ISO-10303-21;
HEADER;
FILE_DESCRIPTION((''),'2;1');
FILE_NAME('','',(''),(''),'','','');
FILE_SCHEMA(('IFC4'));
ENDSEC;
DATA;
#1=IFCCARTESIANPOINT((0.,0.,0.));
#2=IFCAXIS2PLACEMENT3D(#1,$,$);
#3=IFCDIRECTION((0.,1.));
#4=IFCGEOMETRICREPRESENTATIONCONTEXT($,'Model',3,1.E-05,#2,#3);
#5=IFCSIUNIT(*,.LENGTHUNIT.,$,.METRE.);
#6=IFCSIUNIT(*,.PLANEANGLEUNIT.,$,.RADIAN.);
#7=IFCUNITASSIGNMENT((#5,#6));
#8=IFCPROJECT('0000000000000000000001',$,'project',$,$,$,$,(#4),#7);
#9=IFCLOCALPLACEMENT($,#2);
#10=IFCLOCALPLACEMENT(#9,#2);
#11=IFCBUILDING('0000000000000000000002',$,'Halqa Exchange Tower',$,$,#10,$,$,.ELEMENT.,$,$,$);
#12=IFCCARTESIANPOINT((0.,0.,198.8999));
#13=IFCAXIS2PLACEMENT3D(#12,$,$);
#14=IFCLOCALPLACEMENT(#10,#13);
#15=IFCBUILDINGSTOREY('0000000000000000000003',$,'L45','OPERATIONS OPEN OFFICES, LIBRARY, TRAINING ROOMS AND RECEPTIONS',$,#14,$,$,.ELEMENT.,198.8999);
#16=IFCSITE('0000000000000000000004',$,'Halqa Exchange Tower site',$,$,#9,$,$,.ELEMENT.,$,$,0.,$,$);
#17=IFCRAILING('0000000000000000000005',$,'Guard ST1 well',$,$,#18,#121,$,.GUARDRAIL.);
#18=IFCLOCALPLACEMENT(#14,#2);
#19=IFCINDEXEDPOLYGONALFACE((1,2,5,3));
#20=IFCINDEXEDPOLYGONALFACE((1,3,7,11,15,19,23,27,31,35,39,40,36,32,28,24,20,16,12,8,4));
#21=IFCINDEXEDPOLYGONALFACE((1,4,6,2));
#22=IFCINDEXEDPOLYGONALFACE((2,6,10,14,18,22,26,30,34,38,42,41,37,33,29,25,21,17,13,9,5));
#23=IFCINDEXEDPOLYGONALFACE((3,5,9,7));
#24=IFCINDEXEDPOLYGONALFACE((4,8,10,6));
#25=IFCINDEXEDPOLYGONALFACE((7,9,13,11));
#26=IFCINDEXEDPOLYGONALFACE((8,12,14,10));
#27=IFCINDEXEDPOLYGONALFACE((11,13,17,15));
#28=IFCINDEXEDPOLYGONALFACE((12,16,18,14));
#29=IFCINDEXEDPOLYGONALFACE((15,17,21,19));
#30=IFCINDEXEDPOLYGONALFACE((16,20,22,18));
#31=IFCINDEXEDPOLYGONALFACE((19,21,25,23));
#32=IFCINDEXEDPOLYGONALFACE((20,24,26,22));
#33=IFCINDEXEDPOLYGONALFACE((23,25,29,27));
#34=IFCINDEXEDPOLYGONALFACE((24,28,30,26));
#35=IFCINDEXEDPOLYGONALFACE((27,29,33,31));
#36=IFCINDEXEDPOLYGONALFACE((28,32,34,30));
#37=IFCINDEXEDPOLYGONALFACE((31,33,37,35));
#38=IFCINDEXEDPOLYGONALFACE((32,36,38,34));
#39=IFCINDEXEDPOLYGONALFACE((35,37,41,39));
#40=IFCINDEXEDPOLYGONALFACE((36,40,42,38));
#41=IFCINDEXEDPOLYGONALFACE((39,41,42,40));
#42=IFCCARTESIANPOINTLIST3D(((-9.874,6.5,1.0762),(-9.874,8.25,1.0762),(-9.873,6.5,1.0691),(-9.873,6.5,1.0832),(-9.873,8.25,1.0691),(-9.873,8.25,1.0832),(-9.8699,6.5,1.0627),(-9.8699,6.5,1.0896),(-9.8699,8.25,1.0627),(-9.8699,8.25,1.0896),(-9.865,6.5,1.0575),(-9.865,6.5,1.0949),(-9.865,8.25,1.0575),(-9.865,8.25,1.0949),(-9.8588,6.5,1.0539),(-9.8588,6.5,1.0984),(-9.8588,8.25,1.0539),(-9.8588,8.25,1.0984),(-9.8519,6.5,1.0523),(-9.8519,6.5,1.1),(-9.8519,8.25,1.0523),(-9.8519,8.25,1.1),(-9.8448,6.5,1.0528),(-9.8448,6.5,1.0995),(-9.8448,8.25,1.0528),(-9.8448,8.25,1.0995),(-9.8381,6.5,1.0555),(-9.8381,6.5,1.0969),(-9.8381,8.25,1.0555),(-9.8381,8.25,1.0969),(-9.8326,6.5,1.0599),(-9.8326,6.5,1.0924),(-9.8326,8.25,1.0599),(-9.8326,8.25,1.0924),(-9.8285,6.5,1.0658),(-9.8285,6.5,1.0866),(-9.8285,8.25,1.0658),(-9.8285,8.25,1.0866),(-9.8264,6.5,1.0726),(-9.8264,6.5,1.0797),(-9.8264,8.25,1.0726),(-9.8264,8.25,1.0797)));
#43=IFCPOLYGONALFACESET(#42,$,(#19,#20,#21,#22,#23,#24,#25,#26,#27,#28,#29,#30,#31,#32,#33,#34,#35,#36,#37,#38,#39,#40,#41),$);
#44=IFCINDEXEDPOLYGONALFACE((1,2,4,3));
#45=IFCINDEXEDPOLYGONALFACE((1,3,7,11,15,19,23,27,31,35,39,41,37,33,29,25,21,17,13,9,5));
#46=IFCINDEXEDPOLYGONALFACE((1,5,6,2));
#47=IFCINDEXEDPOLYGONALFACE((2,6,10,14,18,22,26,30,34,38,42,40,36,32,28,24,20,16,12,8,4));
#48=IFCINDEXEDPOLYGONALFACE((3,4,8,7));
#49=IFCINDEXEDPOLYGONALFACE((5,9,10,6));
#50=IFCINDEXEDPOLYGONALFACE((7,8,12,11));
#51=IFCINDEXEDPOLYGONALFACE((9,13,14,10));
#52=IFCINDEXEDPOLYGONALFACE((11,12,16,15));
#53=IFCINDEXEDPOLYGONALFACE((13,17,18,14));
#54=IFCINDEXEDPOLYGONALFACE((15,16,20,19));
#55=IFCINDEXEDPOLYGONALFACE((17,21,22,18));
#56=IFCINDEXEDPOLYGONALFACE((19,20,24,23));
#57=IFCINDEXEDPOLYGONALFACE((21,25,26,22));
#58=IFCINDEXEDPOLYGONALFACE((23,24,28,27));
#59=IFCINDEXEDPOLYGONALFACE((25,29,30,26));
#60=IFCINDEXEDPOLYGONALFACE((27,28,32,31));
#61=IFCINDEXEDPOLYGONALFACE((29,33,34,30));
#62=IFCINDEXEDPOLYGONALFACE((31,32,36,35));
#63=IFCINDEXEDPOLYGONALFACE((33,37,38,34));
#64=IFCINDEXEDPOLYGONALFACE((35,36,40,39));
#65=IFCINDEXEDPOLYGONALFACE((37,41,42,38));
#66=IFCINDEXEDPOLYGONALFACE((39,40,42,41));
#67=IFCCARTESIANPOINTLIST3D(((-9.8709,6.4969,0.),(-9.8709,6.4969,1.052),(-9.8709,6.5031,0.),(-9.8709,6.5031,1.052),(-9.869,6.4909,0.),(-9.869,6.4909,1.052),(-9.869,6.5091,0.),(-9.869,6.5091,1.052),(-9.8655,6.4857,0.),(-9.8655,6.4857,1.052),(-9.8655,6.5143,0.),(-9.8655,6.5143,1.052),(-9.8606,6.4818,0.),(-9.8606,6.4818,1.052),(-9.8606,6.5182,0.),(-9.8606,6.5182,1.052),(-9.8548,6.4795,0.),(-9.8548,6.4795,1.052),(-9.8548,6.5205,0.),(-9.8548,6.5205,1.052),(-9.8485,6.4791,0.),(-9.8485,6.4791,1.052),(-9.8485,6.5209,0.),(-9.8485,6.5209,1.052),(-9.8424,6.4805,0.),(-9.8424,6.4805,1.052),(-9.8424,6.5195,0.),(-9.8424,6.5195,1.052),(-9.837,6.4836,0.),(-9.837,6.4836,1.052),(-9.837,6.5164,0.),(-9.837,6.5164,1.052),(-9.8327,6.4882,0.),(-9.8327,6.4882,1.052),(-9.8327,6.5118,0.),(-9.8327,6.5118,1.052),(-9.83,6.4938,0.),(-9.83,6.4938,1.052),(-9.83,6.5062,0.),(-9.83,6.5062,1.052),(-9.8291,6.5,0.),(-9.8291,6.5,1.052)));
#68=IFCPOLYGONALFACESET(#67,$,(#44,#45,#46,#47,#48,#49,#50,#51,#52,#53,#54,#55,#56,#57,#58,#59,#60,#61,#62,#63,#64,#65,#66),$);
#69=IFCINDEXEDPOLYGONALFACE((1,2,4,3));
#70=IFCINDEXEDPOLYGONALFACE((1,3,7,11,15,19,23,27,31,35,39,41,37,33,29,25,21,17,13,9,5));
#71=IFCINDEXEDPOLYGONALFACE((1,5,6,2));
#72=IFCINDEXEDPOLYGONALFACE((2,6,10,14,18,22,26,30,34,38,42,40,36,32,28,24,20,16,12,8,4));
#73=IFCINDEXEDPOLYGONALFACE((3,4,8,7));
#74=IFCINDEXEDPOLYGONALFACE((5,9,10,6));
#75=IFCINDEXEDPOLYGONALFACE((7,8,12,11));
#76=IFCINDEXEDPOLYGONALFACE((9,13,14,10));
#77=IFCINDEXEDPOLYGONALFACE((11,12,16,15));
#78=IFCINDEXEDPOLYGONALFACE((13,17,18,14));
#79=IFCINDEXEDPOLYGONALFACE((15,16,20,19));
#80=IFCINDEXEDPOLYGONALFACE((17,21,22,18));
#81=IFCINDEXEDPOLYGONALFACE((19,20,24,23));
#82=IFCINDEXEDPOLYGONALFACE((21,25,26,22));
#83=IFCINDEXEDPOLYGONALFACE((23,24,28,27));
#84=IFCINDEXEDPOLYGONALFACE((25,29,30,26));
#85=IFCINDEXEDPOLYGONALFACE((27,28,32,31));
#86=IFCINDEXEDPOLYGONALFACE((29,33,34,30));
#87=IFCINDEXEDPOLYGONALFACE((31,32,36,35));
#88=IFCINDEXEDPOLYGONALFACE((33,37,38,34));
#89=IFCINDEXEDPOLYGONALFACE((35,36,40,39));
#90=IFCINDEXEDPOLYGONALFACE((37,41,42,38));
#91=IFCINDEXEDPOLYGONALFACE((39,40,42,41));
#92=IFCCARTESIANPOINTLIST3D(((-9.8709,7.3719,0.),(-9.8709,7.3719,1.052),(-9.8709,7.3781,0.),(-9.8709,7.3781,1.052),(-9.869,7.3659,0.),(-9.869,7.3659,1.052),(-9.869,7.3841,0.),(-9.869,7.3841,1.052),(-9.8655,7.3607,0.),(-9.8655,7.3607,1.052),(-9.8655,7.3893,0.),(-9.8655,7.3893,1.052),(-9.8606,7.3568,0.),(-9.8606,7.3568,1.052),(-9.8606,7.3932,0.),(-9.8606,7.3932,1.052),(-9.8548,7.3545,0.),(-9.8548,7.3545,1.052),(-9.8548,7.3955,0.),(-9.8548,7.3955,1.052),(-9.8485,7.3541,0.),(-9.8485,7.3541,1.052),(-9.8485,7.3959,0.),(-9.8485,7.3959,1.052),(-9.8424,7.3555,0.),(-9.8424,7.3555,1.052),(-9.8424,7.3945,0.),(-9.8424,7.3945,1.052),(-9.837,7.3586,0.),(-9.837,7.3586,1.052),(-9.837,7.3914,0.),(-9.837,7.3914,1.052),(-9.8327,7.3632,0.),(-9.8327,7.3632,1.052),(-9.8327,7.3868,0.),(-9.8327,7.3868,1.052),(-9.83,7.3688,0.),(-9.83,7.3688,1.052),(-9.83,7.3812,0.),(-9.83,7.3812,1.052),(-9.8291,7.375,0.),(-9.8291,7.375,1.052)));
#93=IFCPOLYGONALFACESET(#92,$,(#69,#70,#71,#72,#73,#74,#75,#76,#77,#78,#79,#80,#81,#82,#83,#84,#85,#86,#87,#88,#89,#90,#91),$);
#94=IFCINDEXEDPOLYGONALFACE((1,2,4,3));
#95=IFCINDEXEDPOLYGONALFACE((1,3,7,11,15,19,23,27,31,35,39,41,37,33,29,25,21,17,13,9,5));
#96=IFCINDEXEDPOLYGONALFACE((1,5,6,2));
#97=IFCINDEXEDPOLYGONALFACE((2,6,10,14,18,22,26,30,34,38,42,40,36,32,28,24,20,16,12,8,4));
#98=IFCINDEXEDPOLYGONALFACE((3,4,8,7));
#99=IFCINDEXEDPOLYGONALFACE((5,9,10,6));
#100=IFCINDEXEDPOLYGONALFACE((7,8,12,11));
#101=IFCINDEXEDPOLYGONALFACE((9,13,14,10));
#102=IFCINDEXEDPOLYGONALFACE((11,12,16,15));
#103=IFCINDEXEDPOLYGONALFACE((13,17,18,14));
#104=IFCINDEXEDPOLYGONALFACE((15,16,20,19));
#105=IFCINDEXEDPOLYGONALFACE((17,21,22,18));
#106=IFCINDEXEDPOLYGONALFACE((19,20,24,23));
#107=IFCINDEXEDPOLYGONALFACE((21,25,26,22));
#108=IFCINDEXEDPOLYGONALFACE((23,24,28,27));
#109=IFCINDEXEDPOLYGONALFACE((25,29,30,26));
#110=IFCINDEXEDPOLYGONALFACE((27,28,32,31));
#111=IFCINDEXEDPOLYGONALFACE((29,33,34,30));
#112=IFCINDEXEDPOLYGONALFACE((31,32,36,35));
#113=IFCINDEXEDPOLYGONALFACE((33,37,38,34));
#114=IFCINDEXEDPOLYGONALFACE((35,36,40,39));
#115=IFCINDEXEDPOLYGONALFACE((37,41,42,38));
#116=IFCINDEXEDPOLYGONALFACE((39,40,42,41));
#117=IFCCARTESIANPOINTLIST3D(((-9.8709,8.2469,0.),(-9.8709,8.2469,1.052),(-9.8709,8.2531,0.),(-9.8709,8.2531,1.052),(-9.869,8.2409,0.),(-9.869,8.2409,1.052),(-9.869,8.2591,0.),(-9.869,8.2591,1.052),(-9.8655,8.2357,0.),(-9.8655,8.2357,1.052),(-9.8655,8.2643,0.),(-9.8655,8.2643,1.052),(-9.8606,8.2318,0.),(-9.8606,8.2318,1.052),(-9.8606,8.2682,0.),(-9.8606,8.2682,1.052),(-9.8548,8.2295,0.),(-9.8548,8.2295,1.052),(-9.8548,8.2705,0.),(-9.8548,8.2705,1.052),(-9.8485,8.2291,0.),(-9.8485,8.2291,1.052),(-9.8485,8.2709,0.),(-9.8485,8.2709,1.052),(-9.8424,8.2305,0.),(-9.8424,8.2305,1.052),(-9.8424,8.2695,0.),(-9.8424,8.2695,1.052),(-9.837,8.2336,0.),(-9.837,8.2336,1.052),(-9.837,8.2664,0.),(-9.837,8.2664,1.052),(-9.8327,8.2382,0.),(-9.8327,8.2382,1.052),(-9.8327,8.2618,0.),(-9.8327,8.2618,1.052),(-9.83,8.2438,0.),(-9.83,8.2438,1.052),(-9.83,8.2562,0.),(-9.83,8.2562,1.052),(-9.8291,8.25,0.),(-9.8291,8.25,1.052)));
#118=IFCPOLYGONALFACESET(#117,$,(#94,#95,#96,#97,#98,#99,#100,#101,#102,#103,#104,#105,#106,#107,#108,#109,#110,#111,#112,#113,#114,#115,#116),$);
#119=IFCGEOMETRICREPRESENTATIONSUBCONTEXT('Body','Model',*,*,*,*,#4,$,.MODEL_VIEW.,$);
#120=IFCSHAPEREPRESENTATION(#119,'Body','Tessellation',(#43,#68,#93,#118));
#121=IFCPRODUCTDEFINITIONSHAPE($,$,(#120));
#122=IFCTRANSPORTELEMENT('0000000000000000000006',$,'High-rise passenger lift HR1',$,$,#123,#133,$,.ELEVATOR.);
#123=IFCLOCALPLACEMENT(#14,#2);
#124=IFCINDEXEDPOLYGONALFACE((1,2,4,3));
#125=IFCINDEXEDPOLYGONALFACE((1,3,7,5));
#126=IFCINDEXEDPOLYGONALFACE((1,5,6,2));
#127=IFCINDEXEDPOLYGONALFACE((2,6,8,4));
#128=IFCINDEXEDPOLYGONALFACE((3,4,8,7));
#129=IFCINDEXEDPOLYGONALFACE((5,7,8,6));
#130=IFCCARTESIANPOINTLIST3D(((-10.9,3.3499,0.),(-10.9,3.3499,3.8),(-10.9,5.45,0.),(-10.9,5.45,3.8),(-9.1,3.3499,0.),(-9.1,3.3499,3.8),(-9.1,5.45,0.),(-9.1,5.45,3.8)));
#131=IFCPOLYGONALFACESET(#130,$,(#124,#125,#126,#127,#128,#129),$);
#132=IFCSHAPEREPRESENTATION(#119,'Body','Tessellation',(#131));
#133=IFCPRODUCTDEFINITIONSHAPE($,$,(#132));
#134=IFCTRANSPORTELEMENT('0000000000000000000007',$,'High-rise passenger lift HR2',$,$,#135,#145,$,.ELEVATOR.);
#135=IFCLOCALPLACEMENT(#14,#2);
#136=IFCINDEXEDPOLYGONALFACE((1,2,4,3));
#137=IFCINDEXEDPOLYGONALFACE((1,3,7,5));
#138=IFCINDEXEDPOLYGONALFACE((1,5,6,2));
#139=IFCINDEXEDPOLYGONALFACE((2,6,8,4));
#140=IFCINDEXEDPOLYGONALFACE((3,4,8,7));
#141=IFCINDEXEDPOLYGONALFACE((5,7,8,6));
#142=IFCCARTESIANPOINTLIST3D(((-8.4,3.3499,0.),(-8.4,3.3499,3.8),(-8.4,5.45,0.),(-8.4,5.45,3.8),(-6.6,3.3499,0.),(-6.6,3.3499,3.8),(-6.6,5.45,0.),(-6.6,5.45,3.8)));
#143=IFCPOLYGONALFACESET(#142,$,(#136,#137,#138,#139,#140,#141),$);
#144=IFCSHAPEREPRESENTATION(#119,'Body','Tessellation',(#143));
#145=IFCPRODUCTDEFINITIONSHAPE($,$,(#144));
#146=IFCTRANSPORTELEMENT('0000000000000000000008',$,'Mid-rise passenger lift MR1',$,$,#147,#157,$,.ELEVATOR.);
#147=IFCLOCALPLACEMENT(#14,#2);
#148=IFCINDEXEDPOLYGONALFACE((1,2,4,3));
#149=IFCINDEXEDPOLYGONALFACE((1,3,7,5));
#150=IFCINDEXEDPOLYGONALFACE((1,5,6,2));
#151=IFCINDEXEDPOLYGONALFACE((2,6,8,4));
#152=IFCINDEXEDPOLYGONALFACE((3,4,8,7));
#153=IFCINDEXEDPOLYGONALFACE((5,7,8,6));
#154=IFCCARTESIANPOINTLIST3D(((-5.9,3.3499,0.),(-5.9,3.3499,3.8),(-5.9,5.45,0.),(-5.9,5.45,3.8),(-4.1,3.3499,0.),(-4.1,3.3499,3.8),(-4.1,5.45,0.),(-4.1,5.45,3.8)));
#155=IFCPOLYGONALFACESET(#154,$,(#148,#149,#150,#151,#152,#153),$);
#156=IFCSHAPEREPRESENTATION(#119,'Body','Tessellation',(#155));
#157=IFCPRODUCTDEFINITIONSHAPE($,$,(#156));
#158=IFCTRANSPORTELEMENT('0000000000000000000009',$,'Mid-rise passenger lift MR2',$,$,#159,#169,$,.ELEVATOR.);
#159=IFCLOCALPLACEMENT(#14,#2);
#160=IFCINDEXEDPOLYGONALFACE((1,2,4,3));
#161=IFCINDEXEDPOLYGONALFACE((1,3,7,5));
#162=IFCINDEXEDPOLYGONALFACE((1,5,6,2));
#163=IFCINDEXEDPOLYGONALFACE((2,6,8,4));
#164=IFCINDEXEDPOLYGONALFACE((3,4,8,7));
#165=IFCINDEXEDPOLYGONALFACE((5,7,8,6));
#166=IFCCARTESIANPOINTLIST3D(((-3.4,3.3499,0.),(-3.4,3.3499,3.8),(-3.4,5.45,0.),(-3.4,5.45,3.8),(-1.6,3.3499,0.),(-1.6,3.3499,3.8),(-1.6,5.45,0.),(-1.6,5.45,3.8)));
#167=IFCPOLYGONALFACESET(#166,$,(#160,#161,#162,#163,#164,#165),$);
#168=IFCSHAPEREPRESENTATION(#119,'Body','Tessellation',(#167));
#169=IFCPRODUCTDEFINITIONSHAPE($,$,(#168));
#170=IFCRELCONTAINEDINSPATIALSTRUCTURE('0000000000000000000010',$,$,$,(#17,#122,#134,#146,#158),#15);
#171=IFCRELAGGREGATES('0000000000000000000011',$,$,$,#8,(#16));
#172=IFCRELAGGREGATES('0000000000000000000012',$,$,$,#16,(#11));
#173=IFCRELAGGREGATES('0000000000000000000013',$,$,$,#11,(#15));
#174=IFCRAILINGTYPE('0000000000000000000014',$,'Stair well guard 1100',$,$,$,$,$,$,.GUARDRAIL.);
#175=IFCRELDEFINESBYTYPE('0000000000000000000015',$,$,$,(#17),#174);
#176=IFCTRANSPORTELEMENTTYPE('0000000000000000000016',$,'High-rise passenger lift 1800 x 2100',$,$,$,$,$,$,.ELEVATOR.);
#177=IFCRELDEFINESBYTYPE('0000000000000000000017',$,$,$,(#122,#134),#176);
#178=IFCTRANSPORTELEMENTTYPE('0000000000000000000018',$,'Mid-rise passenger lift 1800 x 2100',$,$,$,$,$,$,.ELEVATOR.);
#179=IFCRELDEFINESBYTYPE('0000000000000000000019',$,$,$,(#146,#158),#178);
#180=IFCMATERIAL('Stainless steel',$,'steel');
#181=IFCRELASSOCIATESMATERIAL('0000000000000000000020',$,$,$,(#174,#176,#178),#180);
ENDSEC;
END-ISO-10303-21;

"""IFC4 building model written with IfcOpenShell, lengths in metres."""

from ifc_helpers import new_model, si_unit, direction, frame, origin, origin_2d, place, context, subcontext, project, spatial, rectangle, circle, extrude, material, type_object, element, save


model = new_model("IFC4")

# Units and contexts
model_context = context("Model", 3, precision=1e-05, world=origin(), true_north=direction((0.0, 1.0)))
body_context = subcontext(model_context, "Body", "Model", "MODEL_VIEW")
ifc_project = project(units=[si_unit("LENGTHUNIT", "METRE"), si_unit("PLANEANGLEUNIT", "RADIAN")], contexts=[model_context])

# Site, building, storey
site_placement = place(None, origin())
site = spatial("IfcSite", under=ifc_project, at=site_placement, Name="Halqa Exchange Tower site", CompositionType="ELEMENT", RefElevation=0.0)
building_placement = place(site_placement, origin())
building = spatial("IfcBuilding", under=site, at=building_placement, Name="Halqa Exchange Tower", CompositionType="ELEMENT")
storey_placement = place(building_placement, frame((0.0, 0.0, 198.8999)))
storey = spatial("IfcBuildingStorey", under=building, at=storey_placement, Name="L45", Description="OPERATIONS OPEN OFFICES, LIBRARY, TRAINING ROOMS AND RECEPTIONS", CompositionType="ELEMENT", Elevation=198.8999)

# Shared definitions
ifc_material_1 = material(Name="Stainless steel", Category="steel")

# Railing
railing_type_1 = type_object("IfcRailingType", Name="Stair well guard 1100", PredefinedType="GUARDRAIL", material=ifc_material_1)
railing_1_placement = place(storey_placement, frame((-9.8501, 6.5, 0.0)))
element("IfcRailing", 1, at=railing_1_placement, inside=storey, type_object=railing_type_1, Name="Guard ST1 well", PredefinedType="GUARDRAIL", context=body_context, shape_type="SweptSolid", body=[
    extrude(circle(Radius=0.0239, at=origin_2d()), frame((0.0, 0.0, 1.0762), z_axis=(0.0, 1.0, 0.0), x_axis=(-1.0, 0.0, 0.0)), (0.0, 0.0, 1.0), 1.75),
    extrude(circle(Radius=0.021, at=origin_2d()), origin(), (0.0, 0.0, 1.0), 1.052),
    extrude(circle(Radius=0.021, at=origin_2d()), frame((0.0, 0.875, 0.0)), (0.0, 0.0, 1.0), 1.052),
    extrude(circle(Radius=0.021, at=origin_2d()), frame((0.0, 1.75, 0.0)), (0.0, 0.0, 1.0), 1.052),
])

# Transport elements
transport_element_type_1 = type_object("IfcTransportElementType", Name="High-rise passenger lift 1800 x 2100", PredefinedType="ELEVATOR", material=ifc_material_1)
for number, where, z_axis, x_axis, name in (
    (2, (-10.0, 4.3999, 0.0), (0.0, 0.0, 1.0), (1.0, 0.0, 0.0), "High-rise passenger lift HR1"),
    (3, (-7.5, 4.3999, 0.0), (0.0, 0.0, 1.0), (1.0, 0.0, 0.0), "High-rise passenger lift HR2"),
):
    element("IfcTransportElement", number, at=place(storey_placement, frame(where, z_axis=z_axis, x_axis=x_axis)), inside=storey, type_object=transport_element_type_1, Name=name, PredefinedType="ELEVATOR", context=body_context, shape_type="SweptSolid", body=[
        extrude(rectangle(XDim=1.8, YDim=2.1001, at=origin_2d()), origin(), (0.0, 0.0, 1.0), 3.8),
    ])
transport_element_type_2 = type_object("IfcTransportElementType", Name="Mid-rise passenger lift 1800 x 2100", PredefinedType="ELEVATOR", material=ifc_material_1)
for number, where, z_axis, x_axis, name in (
    (4, (-5.0, 4.3999, 0.0), (0.0, 0.0, 1.0), (1.0, 0.0, 0.0), "Mid-rise passenger lift MR1"),
    (5, (-2.5, 4.3999, 0.0), (0.0, 0.0, 1.0), (1.0, 0.0, 0.0), "Mid-rise passenger lift MR2"),
):
    element("IfcTransportElement", number, at=place(storey_placement, frame(where, z_axis=z_axis, x_axis=x_axis)), inside=storey, type_object=transport_element_type_2, Name=name, PredefinedType="ELEVATOR", context=body_context, shape_type="SweptSolid", body=[
        extrude(rectangle(XDim=1.8, YDim=2.1001, at=origin_2d()), origin(), (0.0, 0.0, 1.0), 3.8),
    ])

save(model, "model.ifc")
